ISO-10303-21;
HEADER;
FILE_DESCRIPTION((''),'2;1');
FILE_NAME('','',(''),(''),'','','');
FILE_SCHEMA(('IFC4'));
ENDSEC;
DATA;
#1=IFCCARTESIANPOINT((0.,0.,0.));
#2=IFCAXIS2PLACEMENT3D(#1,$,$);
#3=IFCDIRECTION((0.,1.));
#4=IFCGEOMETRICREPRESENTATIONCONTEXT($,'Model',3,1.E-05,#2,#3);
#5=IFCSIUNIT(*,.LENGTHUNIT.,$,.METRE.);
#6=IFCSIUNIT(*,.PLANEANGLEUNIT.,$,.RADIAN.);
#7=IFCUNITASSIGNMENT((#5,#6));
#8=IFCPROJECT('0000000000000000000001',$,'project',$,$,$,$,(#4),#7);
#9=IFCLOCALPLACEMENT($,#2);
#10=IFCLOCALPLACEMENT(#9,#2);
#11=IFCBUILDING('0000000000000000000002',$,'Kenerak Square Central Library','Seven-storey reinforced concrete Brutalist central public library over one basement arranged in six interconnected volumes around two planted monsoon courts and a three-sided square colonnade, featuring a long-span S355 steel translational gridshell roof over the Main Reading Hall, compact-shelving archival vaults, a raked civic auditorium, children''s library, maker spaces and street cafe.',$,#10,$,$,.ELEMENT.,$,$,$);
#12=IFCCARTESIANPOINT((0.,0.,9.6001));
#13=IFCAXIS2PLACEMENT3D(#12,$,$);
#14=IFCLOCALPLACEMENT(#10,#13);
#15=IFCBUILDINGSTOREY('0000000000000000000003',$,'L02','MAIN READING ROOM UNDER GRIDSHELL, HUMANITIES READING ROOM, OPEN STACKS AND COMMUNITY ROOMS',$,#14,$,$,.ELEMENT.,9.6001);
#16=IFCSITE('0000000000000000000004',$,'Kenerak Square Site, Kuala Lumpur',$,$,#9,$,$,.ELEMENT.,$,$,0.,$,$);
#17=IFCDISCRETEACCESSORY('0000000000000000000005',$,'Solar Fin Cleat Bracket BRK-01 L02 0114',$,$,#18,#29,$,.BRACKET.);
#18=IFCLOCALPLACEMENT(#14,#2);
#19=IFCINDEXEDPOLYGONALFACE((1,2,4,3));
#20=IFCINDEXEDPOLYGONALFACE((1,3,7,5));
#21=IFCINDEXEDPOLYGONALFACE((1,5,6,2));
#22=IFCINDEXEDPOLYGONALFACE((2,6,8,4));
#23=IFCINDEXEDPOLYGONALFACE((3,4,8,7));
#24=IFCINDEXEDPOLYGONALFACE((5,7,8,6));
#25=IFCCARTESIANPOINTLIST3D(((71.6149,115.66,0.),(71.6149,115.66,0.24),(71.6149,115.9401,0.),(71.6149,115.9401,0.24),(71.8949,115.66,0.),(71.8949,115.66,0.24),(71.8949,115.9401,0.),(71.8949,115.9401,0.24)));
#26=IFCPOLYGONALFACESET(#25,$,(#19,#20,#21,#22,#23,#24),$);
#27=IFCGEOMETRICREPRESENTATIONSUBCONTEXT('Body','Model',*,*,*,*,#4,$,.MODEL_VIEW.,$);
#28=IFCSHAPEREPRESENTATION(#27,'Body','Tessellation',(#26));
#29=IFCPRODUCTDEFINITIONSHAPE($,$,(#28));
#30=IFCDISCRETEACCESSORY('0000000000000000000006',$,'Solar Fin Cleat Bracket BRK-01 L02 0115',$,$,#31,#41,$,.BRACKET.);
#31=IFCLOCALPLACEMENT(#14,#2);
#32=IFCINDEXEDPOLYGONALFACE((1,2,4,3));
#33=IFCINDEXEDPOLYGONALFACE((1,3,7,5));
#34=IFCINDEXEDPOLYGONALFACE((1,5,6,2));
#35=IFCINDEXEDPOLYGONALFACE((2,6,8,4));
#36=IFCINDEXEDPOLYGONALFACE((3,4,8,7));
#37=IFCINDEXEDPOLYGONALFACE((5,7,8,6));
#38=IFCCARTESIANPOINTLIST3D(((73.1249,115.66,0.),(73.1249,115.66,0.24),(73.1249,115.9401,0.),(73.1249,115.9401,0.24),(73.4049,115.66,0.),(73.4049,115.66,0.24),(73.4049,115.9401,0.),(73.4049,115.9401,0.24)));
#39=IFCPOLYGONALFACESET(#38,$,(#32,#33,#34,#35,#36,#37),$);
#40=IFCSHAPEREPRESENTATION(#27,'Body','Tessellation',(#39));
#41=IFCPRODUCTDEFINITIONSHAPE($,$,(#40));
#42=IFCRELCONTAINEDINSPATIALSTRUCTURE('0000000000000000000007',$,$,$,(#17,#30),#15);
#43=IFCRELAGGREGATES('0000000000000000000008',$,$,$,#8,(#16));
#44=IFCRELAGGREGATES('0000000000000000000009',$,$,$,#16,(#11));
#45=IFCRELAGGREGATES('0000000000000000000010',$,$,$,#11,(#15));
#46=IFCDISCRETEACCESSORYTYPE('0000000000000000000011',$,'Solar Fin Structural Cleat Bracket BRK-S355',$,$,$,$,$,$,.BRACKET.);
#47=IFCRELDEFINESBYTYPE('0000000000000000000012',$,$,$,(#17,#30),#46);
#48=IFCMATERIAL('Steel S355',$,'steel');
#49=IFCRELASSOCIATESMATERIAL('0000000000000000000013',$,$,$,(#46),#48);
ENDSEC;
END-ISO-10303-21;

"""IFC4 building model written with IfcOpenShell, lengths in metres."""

from ifc_helpers import new_model, si_unit, direction, frame, origin, origin_2d, place, context, subcontext, project, spatial, rectangle, extrude, material, type_object, element, save


model = new_model("IFC4")

# Units and contexts
model_context = context("Model", 3, precision=1e-05, world=origin(), true_north=direction((0.0, 1.0)))
body_context = subcontext(model_context, "Body", "Model", "MODEL_VIEW")
ifc_project = project(units=[si_unit("LENGTHUNIT", "METRE"), si_unit("PLANEANGLEUNIT", "RADIAN")], contexts=[model_context])

# Site, building, storey
site_placement = place(None, origin())
site = spatial("IfcSite", under=ifc_project, at=site_placement, Name="Kenerak Square Site, Kuala Lumpur", CompositionType="ELEMENT", RefElevation=0.0)
building_placement = place(site_placement, origin())
building = spatial("IfcBuilding", under=site, at=building_placement, Name="Kenerak Square Central Library", Description="Seven-storey reinforced concrete Brutalist central public library over one basement arranged in six interconnected volumes around two planted monsoon courts and a three-sided square colonnade, featuring a long-span S355 steel translational gridshell roof over the Main Reading Hall, compact-shelving archival vaults, a raked civic auditorium, children's library, maker spaces and street cafe.", CompositionType="ELEMENT")
storey_placement = place(building_placement, frame((0.0, 0.0, 9.6001)))
storey = spatial("IfcBuildingStorey", under=building, at=storey_placement, Name="L02", Description="MAIN READING ROOM UNDER GRIDSHELL, HUMANITIES READING ROOM, OPEN STACKS AND COMMUNITY ROOMS", CompositionType="ELEMENT", Elevation=9.6001)

# Discrete accessories
ifc_material_1 = material(Name="Steel S355", Category="steel")
discrete_accessory_type = type_object("IfcDiscreteAccessoryType", Name="Solar Fin Structural Cleat Bracket BRK-S355", PredefinedType="BRACKET", material=ifc_material_1)
for number, where, z_axis, x_axis, name in (
    (1, (71.7549, 115.8, 0.0), (0.0, 0.0, 1.0), (1.0, 0.0, 0.0), "Solar Fin Cleat Bracket BRK-01 L02 0114"),
    (2, (73.2649, 115.8, 0.0), (0.0, 0.0, 1.0), (1.0, 0.0, 0.0), "Solar Fin Cleat Bracket BRK-01 L02 0115"),
):
    element("IfcDiscreteAccessory", number, at=place(storey_placement, frame(where, z_axis=z_axis, x_axis=x_axis)), inside=storey, type_object=discrete_accessory_type, Name=name, PredefinedType="BRACKET", context=body_context, shape_type="SweptSolid", body=[
        extrude(rectangle(XDim=0.28, YDim=0.28, at=origin_2d()), origin(), (0.0, 0.0, 1.0), 0.24),
    ])

save(model, "model.ifc")
